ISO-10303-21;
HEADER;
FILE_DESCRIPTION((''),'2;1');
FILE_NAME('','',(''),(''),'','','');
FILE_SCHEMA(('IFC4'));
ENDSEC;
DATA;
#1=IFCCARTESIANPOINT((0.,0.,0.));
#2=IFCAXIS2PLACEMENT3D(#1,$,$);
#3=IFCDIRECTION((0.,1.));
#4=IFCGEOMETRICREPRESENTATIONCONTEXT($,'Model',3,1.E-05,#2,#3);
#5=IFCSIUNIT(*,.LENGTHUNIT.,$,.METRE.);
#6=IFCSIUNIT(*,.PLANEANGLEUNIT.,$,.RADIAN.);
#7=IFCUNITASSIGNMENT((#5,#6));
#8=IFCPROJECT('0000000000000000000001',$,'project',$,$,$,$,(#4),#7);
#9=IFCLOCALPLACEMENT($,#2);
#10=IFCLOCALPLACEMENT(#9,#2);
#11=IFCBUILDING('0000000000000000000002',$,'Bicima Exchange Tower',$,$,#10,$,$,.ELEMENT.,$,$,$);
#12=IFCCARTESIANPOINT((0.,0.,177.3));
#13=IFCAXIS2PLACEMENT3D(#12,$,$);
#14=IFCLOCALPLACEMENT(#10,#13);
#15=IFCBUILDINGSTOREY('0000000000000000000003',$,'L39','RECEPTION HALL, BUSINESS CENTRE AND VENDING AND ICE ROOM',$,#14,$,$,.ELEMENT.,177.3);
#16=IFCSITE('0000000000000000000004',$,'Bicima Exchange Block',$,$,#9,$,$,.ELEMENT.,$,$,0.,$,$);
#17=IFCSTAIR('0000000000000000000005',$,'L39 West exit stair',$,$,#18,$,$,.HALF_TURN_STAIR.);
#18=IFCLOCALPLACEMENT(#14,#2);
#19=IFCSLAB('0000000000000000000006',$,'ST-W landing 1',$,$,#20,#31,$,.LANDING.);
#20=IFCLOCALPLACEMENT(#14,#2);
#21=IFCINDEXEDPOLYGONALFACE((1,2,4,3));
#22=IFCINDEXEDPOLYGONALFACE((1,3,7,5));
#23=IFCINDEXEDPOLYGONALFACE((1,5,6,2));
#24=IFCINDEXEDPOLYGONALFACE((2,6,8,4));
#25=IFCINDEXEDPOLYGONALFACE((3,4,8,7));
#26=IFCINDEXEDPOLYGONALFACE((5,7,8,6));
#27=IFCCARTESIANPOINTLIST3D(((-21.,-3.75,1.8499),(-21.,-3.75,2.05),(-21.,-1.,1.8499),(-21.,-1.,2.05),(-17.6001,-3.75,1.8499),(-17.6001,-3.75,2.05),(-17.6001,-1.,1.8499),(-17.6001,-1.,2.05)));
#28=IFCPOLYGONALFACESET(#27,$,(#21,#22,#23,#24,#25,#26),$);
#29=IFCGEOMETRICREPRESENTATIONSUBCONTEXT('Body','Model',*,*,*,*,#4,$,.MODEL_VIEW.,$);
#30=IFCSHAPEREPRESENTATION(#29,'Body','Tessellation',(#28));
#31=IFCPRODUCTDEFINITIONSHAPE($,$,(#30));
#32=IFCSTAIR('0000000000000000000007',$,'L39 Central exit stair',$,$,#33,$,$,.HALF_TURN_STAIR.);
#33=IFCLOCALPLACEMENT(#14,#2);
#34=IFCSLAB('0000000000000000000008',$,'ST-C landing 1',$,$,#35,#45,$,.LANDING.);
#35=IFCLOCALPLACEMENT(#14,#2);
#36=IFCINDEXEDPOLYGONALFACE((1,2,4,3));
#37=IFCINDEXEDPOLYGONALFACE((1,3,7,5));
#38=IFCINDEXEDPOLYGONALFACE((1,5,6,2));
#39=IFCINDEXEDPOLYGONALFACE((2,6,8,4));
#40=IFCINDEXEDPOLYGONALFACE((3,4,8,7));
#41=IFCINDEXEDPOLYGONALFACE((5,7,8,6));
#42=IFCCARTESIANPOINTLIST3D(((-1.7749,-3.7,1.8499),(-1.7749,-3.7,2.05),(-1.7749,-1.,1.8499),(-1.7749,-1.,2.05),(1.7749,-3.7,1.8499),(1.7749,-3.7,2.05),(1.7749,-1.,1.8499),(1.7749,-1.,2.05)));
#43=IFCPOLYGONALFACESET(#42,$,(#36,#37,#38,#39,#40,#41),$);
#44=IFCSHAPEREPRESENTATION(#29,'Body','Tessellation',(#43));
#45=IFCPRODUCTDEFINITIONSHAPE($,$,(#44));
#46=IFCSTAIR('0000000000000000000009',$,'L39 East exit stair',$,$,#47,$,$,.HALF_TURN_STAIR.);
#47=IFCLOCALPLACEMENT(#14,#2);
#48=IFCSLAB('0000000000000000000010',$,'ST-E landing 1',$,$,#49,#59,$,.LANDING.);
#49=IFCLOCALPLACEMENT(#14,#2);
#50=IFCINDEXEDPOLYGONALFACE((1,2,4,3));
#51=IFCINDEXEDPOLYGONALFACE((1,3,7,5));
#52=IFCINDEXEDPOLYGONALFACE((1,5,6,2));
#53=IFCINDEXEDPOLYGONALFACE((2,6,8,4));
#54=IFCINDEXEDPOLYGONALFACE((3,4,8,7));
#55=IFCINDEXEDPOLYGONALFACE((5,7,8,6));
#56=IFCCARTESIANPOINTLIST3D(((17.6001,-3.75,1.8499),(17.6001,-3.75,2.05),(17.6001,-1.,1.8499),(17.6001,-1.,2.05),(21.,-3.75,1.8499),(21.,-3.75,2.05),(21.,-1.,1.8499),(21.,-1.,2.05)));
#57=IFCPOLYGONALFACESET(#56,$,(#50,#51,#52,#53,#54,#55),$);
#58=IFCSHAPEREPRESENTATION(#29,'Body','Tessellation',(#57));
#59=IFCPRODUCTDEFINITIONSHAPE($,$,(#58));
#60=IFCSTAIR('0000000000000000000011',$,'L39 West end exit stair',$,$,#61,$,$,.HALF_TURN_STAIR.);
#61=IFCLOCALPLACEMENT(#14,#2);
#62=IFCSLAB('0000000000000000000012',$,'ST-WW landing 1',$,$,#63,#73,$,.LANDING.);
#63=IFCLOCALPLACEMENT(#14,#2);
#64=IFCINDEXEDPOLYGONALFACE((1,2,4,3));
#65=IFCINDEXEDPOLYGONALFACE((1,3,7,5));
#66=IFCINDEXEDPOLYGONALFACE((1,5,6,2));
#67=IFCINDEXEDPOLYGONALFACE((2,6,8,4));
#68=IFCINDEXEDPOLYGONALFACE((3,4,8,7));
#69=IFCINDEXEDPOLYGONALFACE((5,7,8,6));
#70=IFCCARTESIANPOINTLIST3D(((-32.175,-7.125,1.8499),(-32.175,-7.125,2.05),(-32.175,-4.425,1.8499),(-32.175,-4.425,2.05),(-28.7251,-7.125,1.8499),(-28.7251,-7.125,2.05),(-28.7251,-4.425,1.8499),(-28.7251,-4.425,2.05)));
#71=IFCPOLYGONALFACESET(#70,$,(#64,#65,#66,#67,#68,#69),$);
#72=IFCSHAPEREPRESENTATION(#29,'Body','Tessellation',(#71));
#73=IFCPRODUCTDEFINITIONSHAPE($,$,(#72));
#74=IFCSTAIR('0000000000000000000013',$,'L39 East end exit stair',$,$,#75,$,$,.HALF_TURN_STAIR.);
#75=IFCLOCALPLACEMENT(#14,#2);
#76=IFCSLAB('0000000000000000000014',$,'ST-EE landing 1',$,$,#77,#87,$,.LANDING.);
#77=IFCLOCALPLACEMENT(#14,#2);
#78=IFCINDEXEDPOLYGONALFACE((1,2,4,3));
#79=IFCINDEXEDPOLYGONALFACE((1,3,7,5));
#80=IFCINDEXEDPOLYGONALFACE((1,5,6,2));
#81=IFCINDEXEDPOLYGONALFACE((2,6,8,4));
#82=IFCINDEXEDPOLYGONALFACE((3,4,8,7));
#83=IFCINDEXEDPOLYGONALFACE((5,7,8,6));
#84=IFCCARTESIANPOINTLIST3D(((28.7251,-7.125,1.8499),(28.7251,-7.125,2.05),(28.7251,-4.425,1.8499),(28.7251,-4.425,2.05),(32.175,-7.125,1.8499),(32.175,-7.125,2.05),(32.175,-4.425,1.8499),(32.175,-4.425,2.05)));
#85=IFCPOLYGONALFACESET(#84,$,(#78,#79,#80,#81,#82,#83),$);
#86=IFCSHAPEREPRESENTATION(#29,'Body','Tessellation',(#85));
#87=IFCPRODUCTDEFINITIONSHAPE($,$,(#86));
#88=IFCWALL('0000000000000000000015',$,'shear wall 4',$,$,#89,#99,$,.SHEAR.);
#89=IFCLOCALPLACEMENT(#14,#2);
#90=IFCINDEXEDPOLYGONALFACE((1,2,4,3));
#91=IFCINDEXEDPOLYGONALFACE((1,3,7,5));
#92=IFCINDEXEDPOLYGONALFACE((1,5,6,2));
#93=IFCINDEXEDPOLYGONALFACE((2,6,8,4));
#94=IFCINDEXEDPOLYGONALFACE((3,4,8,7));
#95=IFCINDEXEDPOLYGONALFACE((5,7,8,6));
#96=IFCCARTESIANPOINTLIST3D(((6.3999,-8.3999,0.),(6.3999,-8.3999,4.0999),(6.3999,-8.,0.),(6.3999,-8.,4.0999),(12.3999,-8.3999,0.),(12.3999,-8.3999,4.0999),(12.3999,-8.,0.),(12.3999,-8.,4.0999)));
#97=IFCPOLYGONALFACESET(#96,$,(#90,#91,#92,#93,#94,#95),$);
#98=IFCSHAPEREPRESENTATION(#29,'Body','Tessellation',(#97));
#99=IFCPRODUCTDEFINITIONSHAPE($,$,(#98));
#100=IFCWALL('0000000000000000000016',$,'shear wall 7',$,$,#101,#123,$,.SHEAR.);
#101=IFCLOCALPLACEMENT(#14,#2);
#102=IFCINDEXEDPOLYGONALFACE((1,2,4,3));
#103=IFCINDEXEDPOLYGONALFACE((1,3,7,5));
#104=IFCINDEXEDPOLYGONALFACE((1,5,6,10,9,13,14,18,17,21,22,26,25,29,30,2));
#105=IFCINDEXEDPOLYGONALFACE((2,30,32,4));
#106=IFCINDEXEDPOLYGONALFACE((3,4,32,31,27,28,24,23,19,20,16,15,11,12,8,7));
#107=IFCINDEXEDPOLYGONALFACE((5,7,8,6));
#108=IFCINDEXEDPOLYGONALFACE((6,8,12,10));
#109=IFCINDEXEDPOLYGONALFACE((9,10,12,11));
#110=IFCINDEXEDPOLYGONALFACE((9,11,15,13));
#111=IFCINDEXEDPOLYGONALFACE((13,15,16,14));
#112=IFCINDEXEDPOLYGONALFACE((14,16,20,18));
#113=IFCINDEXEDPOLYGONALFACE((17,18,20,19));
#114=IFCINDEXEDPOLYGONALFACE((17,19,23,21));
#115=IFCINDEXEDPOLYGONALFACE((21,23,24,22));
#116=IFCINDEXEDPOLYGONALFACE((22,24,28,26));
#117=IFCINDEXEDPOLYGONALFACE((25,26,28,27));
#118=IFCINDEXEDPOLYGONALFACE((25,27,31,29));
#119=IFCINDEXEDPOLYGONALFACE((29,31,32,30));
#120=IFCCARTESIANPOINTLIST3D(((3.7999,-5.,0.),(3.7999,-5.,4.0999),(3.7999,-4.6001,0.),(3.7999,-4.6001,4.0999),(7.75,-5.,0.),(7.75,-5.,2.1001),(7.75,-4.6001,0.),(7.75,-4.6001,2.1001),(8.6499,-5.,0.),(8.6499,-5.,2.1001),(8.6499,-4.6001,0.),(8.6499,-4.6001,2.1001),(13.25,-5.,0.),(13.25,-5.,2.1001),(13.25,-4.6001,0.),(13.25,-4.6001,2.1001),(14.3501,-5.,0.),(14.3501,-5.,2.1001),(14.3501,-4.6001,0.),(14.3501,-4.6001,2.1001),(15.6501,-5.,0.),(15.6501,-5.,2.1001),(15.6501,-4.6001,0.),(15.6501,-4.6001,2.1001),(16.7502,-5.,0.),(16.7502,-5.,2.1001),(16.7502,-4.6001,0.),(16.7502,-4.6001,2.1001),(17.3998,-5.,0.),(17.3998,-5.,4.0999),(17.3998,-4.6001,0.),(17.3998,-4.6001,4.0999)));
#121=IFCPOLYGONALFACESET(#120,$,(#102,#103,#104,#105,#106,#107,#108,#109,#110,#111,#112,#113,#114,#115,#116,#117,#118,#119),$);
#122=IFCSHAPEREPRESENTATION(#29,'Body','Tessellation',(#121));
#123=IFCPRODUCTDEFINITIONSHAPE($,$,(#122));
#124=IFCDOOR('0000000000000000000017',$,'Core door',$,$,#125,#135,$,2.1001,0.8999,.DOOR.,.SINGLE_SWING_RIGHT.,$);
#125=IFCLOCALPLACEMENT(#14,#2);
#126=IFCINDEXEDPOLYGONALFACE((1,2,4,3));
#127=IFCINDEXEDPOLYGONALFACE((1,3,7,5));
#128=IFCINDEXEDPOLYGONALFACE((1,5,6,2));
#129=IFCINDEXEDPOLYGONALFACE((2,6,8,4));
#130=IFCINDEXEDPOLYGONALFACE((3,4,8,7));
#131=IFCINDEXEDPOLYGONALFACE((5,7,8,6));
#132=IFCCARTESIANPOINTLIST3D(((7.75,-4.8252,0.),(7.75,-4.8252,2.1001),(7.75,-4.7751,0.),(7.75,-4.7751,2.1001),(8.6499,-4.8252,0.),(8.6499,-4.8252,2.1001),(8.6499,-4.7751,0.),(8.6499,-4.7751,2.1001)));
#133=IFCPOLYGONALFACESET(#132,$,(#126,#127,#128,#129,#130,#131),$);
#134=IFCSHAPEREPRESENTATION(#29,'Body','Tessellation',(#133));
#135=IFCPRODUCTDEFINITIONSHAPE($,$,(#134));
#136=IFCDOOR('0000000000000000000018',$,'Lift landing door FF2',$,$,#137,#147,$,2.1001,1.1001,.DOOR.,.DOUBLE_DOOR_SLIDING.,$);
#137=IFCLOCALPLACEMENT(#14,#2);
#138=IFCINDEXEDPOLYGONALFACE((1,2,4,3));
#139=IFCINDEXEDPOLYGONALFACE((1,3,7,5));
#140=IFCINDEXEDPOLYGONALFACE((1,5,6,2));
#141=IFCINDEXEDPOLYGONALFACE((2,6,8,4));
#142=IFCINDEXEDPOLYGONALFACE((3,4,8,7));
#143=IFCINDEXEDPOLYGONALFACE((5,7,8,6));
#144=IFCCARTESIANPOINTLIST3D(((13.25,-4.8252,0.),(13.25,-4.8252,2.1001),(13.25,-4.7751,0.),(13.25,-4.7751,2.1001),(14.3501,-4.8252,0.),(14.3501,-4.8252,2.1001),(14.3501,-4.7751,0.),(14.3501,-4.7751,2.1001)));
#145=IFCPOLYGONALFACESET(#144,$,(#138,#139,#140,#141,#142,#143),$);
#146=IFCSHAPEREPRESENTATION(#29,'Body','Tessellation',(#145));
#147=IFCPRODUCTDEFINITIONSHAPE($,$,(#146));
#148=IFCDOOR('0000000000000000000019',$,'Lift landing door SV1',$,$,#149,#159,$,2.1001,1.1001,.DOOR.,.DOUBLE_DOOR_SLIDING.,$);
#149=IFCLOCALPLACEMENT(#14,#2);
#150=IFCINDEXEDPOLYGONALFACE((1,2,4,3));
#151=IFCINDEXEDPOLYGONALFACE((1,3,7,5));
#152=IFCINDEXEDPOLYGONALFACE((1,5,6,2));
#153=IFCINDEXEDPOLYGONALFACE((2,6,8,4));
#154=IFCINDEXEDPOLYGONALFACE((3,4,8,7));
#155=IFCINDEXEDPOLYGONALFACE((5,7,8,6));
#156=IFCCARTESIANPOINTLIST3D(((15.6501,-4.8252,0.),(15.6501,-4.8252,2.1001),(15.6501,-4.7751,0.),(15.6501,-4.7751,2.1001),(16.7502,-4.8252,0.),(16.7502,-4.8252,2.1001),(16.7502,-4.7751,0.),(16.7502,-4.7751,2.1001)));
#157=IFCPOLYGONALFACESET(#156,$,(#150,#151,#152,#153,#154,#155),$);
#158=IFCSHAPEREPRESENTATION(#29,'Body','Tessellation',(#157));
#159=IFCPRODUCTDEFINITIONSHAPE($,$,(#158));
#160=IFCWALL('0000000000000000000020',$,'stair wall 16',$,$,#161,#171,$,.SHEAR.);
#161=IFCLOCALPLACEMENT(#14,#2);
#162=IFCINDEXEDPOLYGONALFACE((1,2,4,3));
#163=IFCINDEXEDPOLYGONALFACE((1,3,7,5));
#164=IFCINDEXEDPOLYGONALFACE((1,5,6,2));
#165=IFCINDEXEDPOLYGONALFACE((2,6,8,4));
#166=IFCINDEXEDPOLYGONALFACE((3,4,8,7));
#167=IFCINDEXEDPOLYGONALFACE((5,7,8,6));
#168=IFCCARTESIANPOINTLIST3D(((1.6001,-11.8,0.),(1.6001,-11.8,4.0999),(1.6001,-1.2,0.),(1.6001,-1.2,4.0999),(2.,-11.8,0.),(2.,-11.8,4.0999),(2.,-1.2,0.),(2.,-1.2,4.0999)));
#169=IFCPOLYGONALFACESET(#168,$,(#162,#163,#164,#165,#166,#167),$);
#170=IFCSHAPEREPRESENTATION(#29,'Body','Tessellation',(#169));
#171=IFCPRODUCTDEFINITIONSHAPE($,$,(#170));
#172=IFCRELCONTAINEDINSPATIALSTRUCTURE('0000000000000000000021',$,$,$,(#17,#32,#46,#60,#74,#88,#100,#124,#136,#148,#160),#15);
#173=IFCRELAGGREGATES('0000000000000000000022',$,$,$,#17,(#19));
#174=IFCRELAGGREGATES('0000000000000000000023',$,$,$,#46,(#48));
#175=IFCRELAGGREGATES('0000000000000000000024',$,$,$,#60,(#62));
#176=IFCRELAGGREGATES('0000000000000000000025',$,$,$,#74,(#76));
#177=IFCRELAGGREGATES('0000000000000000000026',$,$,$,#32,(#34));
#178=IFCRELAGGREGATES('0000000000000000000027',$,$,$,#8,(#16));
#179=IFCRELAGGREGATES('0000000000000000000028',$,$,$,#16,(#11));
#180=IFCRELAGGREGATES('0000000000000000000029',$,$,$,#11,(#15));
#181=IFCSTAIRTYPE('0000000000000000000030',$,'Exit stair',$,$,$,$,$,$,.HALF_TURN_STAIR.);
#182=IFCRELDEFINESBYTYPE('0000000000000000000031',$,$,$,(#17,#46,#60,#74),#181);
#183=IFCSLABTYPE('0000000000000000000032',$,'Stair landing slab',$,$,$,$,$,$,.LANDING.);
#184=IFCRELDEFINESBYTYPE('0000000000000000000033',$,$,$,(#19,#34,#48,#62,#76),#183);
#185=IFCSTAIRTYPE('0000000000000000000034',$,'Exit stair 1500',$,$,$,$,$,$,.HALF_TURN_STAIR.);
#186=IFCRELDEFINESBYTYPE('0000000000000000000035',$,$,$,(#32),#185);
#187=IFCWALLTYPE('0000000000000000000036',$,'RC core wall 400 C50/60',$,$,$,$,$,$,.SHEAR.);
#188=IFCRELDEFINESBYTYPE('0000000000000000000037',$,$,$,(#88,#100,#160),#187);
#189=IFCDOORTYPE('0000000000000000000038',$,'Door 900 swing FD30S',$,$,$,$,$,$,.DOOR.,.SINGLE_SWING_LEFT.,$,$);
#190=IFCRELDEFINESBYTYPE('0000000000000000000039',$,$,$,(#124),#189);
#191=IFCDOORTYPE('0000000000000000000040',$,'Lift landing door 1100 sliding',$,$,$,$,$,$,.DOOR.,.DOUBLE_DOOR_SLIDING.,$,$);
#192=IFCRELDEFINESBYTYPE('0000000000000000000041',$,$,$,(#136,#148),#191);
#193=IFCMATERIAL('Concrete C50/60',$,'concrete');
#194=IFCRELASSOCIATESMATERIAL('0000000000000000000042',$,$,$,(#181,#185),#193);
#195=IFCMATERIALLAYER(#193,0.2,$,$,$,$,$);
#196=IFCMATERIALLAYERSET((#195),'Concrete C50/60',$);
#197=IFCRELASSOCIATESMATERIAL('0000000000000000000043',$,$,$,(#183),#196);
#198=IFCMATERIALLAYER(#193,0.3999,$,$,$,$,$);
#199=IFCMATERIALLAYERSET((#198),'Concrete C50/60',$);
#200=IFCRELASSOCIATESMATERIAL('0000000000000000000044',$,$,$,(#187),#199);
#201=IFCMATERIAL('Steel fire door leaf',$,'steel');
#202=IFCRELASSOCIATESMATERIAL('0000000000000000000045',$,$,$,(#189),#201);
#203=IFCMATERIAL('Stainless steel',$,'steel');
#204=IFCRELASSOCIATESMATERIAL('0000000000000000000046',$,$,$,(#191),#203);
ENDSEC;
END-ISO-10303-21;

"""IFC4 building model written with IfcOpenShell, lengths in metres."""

from ifc_helpers import new_model, si_unit, direction, frame, frame_2d, origin, place, context, subcontext, project, spatial, polyline, rectangle, outline, extrude, material, layer, layer_set, type_object, element, fill, aggregate, save


model = new_model("IFC4")

# Units and contexts
model_context = context("Model", 3, precision=1e-05, world=origin(), true_north=direction((0.0, 1.0)))
body_context = subcontext(model_context, "Body", "Model", "MODEL_VIEW")
ifc_project = project(units=[si_unit("LENGTHUNIT", "METRE"), si_unit("PLANEANGLEUNIT", "RADIAN")], contexts=[model_context])

# Site, building, storey
site_placement = place(None, origin())
site = spatial("IfcSite", under=ifc_project, at=site_placement, Name="Bicima Exchange Block", CompositionType="ELEMENT", RefElevation=0.0)
building_placement = place(site_placement, origin())
building = spatial("IfcBuilding", under=site, at=building_placement, Name="Bicima Exchange Tower", CompositionType="ELEMENT")
storey_placement = place(building_placement, frame((0.0, 0.0, 177.3)))
storey = spatial("IfcBuildingStorey", under=building, at=storey_placement, Name="L39", Description="RECEPTION HALL, BUSINESS CENTRE AND VENDING AND ICE ROOM", CompositionType="ELEMENT", Elevation=177.3)

# Stairs, slabs
ifc_material_1 = material(Name="Concrete C50/60", Category="concrete")
stair_type_1 = type_object("IfcStairType", Name="Exit stair", PredefinedType="HALF_TURN_STAIR", material=ifc_material_1)
stair_1_placement = place(storey_placement, origin())
stair_1 = element("IfcStair", 1, at=stair_1_placement, inside=storey, type_object=stair_type_1, Name="L39 West exit stair", PredefinedType="HALF_TURN_STAIR")
ifc_layer_1 = layer(ifc_material_1, 0.2)
ifc_layer_set_1 = layer_set([ifc_layer_1], Name="Concrete C50/60")
slab_type = type_object("IfcSlabType", Name="Stair landing slab", PredefinedType="LANDING", material=ifc_layer_set_1)
slab_1_placement = place(storey_placement, frame((0.0, 0.0, 1.8499)))
slab_1 = element("IfcSlab", 2, at=slab_1_placement, type_object=slab_type, Name="ST-W landing 1", PredefinedType="LANDING", context=body_context, shape_type="SweptSolid", body=[
    extrude(outline(polyline([(-17.6001, -3.75), (-17.6001, -1.0), (-21.0, -1.0), (-21.0, -3.75), (-17.6001, -3.75)])), origin(), (0.0, 0.0, 1.0), 0.2002),
])
aggregate(stair_1, [slab_1])
stair_type_2 = type_object("IfcStairType", Name="Exit stair 1500", PredefinedType="HALF_TURN_STAIR", material=ifc_material_1)
stair_2_placement = place(storey_placement, origin())
stair_2 = element("IfcStair", 3, at=stair_2_placement, inside=storey, type_object=stair_type_2, Name="L39 Central exit stair", PredefinedType="HALF_TURN_STAIR")
slab_2_placement = place(storey_placement, frame((0.0, 0.0, 1.8499)))
slab_2 = element("IfcSlab", 4, at=slab_2_placement, type_object=slab_type, Name="ST-C landing 1", PredefinedType="LANDING", context=body_context, shape_type="SweptSolid", body=[
    extrude(outline(polyline([(1.7749, -3.7), (1.7749, -1.0), (-1.7749, -1.0), (-1.7749, -3.7), (1.7749, -3.7)])), origin(), (0.0, 0.0, 1.0), 0.2002),
])
stair_3_placement = place(storey_placement, origin())
stair_3 = element("IfcStair", 5, at=stair_3_placement, inside=storey, type_object=stair_type_1, Name="L39 East exit stair", PredefinedType="HALF_TURN_STAIR")
slab_3_placement = place(storey_placement, frame((0.0, 0.0, 1.8499)))
slab_3 = element("IfcSlab", 6, at=slab_3_placement, type_object=slab_type, Name="ST-E landing 1", PredefinedType="LANDING", context=body_context, shape_type="SweptSolid", body=[
    extrude(outline(polyline([(21.0, -3.75), (21.0, -1.0), (17.6001, -1.0), (17.6001, -3.75), (21.0, -3.75)])), origin(), (0.0, 0.0, 1.0), 0.2002),
])
aggregate(stair_3, [slab_3])
stair_4_placement = place(storey_placement, origin())
stair_4 = element("IfcStair", 7, at=stair_4_placement, inside=storey, type_object=stair_type_1, Name="L39 West end exit stair", PredefinedType="HALF_TURN_STAIR")
slab_4_placement = place(storey_placement, frame((0.0, 0.0, 1.8499)))
slab_4 = element("IfcSlab", 8, at=slab_4_placement, type_object=slab_type, Name="ST-WW landing 1", PredefinedType="LANDING", context=body_context, shape_type="SweptSolid", body=[
    extrude(outline(polyline([(-28.7251, -7.125), (-28.7251, -4.425), (-32.175, -4.425), (-32.175, -7.125), (-28.7251, -7.125)])), origin(), (0.0, 0.0, 1.0), 0.2002),
])
aggregate(stair_4, [slab_4])
stair_5_placement = place(storey_placement, origin())
stair_5 = element("IfcStair", 9, at=stair_5_placement, inside=storey, type_object=stair_type_1, Name="L39 East end exit stair", PredefinedType="HALF_TURN_STAIR")
slab_5_placement = place(storey_placement, frame((0.0, 0.0, 1.8499)))
slab_5 = element("IfcSlab", 10, at=slab_5_placement, type_object=slab_type, Name="ST-EE landing 1", PredefinedType="LANDING", context=body_context, shape_type="SweptSolid", body=[
    extrude(outline(polyline([(32.175, -7.125), (32.175, -4.425), (28.7251, -4.425), (28.7251, -7.125), (32.175, -7.125)])), origin(), (0.0, 0.0, 1.0), 0.2002),
])
aggregate(stair_5, [slab_5])

# Wall
ifc_layer_2 = layer(ifc_material_1, 0.3999)
ifc_layer_set_2 = layer_set([ifc_layer_2], Name="Concrete C50/60")
wall_type_1 = type_object("IfcWallType", Name="RC core wall 400 C50/60", PredefinedType="SHEAR", material=ifc_layer_set_2)
wall_1_placement = place(storey_placement, frame((6.3999, -8.2, 0.0), z_axis=(0.0, 0.0, 1.0), x_axis=(1.0, 0.0, 0.0)))
element("IfcWall", 11, at=wall_1_placement, inside=storey, type_object=wall_type_1, Name="shear wall 4", PredefinedType="SHEAR", context=body_context, shape_type="SweptSolid", body=[
    extrude(rectangle(XDim=6.0, YDim=0.3999, at=frame_2d((3.0, 0.0))), origin(), (0.0, 0.0, 1.0), 4.0999),
])

# Wall, openings, doors
wall_2_placement = place(storey_placement, frame((3.8, -4.8, 0.0), z_axis=(0.0, 0.0, 1.0), x_axis=(1.0, 0.0, 0.0)))
wall_2 = element("IfcWall", 12, at=wall_2_placement, inside=storey, type_object=wall_type_1, Name="shear wall 7", PredefinedType="SHEAR", context=body_context, shape_type="SweptSolid", body=[
    extrude(rectangle(XDim=13.5999, YDim=0.3999, at=frame_2d((6.7998, 0.0))), origin(), (0.0, 0.0, 1.0), 4.0999),
])
opening_1_placement = place(wall_2_placement, frame((9.45, 0.0, 0.0)))
opening_1 = element("IfcOpeningElement", 13, at=opening_1_placement, cuts=wall_2, PredefinedType="OPENING", context=body_context, shape_type="SweptSolid", body=[
    extrude(rectangle(XDim=1.1001, YDim=2.1001, at=frame_2d((0.55, 1.05))), frame((0.0, 0.2119, 0.0), z_axis=(0.0, -1.0, 0.0), x_axis=(1.0, 0.0, 0.0)), (0.0, 0.0, 1.0), 0.4238),
])
opening_2_placement = place(wall_2_placement, frame((11.8501, 0.0, 0.0)))
opening_2 = element("IfcOpeningElement", 14, at=opening_2_placement, cuts=wall_2, PredefinedType="OPENING", context=body_context, shape_type="SweptSolid", body=[
    extrude(rectangle(XDim=1.1001, YDim=2.1001, at=frame_2d((0.55, 1.05))), frame((0.0, 0.2119, 0.0), z_axis=(0.0, -1.0, 0.0), x_axis=(1.0, 0.0, 0.0)), (0.0, 0.0, 1.0), 0.4238),
])
opening_3_placement = place(wall_2_placement, frame((3.95, 0.0, 0.0)))
opening_3 = element("IfcOpeningElement", 15, at=opening_3_placement, cuts=wall_2, PredefinedType="OPENING", context=body_context, shape_type="SweptSolid", body=[
    extrude(rectangle(XDim=0.8999, YDim=2.1001, at=frame_2d((0.45, 1.05))), frame((0.0, 0.2119, 0.0), z_axis=(0.0, -1.0, 0.0), x_axis=(1.0, 0.0, 0.0)), (0.0, 0.0, 1.0), 0.4238),
])
ifc_material_2 = material(Name="Steel fire door leaf", Category="steel")
door_type_1 = type_object("IfcDoorType", Name="Door 900 swing FD30S", OperationType="SINGLE_SWING_LEFT", PredefinedType="DOOR", material=ifc_material_2)
door_1_placement = place(opening_3_placement, origin())
door_1 = element("IfcDoor", 16, at=door_1_placement, inside=storey, type_object=door_type_1, Name="Core door", OperationType="SINGLE_SWING_RIGHT", OverallHeight=2.1001, OverallWidth=0.8999, PredefinedType="DOOR", context=body_context, shape_type="SweptSolid", body=[
    extrude(rectangle(XDim=0.8999, YDim=2.1001, at=frame_2d((0.45, 1.05))), frame((0.0, 0.0249, 0.0), z_axis=(0.0, -1.0, 0.0), x_axis=(1.0, 0.0, 0.0)), (0.0, 0.0, 1.0), 0.05),
])
fill(opening_3, door_1)
ifc_material_3 = material(Name="Stainless steel", Category="steel")
door_type_2 = type_object("IfcDoorType", Name="Lift landing door 1100 sliding", OperationType="DOUBLE_DOOR_SLIDING", PredefinedType="DOOR", material=ifc_material_3)
door_2_placement = place(opening_1_placement, origin())
door_2 = element("IfcDoor", 17, at=door_2_placement, inside=storey, type_object=door_type_2, Name="Lift landing door FF2", OperationType="DOUBLE_DOOR_SLIDING", OverallHeight=2.1001, OverallWidth=1.1001, PredefinedType="DOOR", context=body_context, shape_type="SweptSolid", body=[
    extrude(rectangle(XDim=1.1001, YDim=2.1001, at=frame_2d((0.55, 1.05))), frame((0.0, 0.0249, 0.0), z_axis=(0.0, -1.0, 0.0), x_axis=(1.0, 0.0, 0.0)), (0.0, 0.0, 1.0), 0.05),
])
fill(opening_1, door_2)
door_3_placement = place(opening_2_placement, origin())
door_3 = element("IfcDoor", 18, at=door_3_placement, inside=storey, type_object=door_type_2, Name="Lift landing door SV1", OperationType="DOUBLE_DOOR_SLIDING", OverallHeight=2.1001, OverallWidth=1.1001, PredefinedType="DOOR", context=body_context, shape_type="SweptSolid", body=[
    extrude(rectangle(XDim=1.1001, YDim=2.1001, at=frame_2d((0.55, 1.05))), frame((0.0, 0.0249, 0.0), z_axis=(0.0, -1.0, 0.0), x_axis=(1.0, 0.0, 0.0)), (0.0, 0.0, 1.0), 0.05),
])
fill(opening_2, door_3)

# Wall
wall_3_placement = place(storey_placement, frame((1.8, -11.8, 0.0), z_axis=(0.0, 0.0, 1.0), x_axis=(0.0, 1.0, 0.0)))
element("IfcWall", 19, at=wall_3_placement, inside=storey, type_object=wall_type_1, Name="stair wall 16", PredefinedType="SHEAR", context=body_context, shape_type="SweptSolid", body=[
    extrude(rectangle(XDim=10.6001, YDim=0.3999, at=frame_2d((5.3, 0.0))), origin(), (0.0, 0.0, 1.0), 4.0999),
])

aggregate(stair_2, [slab_2])

save(model, "model.ifc")
